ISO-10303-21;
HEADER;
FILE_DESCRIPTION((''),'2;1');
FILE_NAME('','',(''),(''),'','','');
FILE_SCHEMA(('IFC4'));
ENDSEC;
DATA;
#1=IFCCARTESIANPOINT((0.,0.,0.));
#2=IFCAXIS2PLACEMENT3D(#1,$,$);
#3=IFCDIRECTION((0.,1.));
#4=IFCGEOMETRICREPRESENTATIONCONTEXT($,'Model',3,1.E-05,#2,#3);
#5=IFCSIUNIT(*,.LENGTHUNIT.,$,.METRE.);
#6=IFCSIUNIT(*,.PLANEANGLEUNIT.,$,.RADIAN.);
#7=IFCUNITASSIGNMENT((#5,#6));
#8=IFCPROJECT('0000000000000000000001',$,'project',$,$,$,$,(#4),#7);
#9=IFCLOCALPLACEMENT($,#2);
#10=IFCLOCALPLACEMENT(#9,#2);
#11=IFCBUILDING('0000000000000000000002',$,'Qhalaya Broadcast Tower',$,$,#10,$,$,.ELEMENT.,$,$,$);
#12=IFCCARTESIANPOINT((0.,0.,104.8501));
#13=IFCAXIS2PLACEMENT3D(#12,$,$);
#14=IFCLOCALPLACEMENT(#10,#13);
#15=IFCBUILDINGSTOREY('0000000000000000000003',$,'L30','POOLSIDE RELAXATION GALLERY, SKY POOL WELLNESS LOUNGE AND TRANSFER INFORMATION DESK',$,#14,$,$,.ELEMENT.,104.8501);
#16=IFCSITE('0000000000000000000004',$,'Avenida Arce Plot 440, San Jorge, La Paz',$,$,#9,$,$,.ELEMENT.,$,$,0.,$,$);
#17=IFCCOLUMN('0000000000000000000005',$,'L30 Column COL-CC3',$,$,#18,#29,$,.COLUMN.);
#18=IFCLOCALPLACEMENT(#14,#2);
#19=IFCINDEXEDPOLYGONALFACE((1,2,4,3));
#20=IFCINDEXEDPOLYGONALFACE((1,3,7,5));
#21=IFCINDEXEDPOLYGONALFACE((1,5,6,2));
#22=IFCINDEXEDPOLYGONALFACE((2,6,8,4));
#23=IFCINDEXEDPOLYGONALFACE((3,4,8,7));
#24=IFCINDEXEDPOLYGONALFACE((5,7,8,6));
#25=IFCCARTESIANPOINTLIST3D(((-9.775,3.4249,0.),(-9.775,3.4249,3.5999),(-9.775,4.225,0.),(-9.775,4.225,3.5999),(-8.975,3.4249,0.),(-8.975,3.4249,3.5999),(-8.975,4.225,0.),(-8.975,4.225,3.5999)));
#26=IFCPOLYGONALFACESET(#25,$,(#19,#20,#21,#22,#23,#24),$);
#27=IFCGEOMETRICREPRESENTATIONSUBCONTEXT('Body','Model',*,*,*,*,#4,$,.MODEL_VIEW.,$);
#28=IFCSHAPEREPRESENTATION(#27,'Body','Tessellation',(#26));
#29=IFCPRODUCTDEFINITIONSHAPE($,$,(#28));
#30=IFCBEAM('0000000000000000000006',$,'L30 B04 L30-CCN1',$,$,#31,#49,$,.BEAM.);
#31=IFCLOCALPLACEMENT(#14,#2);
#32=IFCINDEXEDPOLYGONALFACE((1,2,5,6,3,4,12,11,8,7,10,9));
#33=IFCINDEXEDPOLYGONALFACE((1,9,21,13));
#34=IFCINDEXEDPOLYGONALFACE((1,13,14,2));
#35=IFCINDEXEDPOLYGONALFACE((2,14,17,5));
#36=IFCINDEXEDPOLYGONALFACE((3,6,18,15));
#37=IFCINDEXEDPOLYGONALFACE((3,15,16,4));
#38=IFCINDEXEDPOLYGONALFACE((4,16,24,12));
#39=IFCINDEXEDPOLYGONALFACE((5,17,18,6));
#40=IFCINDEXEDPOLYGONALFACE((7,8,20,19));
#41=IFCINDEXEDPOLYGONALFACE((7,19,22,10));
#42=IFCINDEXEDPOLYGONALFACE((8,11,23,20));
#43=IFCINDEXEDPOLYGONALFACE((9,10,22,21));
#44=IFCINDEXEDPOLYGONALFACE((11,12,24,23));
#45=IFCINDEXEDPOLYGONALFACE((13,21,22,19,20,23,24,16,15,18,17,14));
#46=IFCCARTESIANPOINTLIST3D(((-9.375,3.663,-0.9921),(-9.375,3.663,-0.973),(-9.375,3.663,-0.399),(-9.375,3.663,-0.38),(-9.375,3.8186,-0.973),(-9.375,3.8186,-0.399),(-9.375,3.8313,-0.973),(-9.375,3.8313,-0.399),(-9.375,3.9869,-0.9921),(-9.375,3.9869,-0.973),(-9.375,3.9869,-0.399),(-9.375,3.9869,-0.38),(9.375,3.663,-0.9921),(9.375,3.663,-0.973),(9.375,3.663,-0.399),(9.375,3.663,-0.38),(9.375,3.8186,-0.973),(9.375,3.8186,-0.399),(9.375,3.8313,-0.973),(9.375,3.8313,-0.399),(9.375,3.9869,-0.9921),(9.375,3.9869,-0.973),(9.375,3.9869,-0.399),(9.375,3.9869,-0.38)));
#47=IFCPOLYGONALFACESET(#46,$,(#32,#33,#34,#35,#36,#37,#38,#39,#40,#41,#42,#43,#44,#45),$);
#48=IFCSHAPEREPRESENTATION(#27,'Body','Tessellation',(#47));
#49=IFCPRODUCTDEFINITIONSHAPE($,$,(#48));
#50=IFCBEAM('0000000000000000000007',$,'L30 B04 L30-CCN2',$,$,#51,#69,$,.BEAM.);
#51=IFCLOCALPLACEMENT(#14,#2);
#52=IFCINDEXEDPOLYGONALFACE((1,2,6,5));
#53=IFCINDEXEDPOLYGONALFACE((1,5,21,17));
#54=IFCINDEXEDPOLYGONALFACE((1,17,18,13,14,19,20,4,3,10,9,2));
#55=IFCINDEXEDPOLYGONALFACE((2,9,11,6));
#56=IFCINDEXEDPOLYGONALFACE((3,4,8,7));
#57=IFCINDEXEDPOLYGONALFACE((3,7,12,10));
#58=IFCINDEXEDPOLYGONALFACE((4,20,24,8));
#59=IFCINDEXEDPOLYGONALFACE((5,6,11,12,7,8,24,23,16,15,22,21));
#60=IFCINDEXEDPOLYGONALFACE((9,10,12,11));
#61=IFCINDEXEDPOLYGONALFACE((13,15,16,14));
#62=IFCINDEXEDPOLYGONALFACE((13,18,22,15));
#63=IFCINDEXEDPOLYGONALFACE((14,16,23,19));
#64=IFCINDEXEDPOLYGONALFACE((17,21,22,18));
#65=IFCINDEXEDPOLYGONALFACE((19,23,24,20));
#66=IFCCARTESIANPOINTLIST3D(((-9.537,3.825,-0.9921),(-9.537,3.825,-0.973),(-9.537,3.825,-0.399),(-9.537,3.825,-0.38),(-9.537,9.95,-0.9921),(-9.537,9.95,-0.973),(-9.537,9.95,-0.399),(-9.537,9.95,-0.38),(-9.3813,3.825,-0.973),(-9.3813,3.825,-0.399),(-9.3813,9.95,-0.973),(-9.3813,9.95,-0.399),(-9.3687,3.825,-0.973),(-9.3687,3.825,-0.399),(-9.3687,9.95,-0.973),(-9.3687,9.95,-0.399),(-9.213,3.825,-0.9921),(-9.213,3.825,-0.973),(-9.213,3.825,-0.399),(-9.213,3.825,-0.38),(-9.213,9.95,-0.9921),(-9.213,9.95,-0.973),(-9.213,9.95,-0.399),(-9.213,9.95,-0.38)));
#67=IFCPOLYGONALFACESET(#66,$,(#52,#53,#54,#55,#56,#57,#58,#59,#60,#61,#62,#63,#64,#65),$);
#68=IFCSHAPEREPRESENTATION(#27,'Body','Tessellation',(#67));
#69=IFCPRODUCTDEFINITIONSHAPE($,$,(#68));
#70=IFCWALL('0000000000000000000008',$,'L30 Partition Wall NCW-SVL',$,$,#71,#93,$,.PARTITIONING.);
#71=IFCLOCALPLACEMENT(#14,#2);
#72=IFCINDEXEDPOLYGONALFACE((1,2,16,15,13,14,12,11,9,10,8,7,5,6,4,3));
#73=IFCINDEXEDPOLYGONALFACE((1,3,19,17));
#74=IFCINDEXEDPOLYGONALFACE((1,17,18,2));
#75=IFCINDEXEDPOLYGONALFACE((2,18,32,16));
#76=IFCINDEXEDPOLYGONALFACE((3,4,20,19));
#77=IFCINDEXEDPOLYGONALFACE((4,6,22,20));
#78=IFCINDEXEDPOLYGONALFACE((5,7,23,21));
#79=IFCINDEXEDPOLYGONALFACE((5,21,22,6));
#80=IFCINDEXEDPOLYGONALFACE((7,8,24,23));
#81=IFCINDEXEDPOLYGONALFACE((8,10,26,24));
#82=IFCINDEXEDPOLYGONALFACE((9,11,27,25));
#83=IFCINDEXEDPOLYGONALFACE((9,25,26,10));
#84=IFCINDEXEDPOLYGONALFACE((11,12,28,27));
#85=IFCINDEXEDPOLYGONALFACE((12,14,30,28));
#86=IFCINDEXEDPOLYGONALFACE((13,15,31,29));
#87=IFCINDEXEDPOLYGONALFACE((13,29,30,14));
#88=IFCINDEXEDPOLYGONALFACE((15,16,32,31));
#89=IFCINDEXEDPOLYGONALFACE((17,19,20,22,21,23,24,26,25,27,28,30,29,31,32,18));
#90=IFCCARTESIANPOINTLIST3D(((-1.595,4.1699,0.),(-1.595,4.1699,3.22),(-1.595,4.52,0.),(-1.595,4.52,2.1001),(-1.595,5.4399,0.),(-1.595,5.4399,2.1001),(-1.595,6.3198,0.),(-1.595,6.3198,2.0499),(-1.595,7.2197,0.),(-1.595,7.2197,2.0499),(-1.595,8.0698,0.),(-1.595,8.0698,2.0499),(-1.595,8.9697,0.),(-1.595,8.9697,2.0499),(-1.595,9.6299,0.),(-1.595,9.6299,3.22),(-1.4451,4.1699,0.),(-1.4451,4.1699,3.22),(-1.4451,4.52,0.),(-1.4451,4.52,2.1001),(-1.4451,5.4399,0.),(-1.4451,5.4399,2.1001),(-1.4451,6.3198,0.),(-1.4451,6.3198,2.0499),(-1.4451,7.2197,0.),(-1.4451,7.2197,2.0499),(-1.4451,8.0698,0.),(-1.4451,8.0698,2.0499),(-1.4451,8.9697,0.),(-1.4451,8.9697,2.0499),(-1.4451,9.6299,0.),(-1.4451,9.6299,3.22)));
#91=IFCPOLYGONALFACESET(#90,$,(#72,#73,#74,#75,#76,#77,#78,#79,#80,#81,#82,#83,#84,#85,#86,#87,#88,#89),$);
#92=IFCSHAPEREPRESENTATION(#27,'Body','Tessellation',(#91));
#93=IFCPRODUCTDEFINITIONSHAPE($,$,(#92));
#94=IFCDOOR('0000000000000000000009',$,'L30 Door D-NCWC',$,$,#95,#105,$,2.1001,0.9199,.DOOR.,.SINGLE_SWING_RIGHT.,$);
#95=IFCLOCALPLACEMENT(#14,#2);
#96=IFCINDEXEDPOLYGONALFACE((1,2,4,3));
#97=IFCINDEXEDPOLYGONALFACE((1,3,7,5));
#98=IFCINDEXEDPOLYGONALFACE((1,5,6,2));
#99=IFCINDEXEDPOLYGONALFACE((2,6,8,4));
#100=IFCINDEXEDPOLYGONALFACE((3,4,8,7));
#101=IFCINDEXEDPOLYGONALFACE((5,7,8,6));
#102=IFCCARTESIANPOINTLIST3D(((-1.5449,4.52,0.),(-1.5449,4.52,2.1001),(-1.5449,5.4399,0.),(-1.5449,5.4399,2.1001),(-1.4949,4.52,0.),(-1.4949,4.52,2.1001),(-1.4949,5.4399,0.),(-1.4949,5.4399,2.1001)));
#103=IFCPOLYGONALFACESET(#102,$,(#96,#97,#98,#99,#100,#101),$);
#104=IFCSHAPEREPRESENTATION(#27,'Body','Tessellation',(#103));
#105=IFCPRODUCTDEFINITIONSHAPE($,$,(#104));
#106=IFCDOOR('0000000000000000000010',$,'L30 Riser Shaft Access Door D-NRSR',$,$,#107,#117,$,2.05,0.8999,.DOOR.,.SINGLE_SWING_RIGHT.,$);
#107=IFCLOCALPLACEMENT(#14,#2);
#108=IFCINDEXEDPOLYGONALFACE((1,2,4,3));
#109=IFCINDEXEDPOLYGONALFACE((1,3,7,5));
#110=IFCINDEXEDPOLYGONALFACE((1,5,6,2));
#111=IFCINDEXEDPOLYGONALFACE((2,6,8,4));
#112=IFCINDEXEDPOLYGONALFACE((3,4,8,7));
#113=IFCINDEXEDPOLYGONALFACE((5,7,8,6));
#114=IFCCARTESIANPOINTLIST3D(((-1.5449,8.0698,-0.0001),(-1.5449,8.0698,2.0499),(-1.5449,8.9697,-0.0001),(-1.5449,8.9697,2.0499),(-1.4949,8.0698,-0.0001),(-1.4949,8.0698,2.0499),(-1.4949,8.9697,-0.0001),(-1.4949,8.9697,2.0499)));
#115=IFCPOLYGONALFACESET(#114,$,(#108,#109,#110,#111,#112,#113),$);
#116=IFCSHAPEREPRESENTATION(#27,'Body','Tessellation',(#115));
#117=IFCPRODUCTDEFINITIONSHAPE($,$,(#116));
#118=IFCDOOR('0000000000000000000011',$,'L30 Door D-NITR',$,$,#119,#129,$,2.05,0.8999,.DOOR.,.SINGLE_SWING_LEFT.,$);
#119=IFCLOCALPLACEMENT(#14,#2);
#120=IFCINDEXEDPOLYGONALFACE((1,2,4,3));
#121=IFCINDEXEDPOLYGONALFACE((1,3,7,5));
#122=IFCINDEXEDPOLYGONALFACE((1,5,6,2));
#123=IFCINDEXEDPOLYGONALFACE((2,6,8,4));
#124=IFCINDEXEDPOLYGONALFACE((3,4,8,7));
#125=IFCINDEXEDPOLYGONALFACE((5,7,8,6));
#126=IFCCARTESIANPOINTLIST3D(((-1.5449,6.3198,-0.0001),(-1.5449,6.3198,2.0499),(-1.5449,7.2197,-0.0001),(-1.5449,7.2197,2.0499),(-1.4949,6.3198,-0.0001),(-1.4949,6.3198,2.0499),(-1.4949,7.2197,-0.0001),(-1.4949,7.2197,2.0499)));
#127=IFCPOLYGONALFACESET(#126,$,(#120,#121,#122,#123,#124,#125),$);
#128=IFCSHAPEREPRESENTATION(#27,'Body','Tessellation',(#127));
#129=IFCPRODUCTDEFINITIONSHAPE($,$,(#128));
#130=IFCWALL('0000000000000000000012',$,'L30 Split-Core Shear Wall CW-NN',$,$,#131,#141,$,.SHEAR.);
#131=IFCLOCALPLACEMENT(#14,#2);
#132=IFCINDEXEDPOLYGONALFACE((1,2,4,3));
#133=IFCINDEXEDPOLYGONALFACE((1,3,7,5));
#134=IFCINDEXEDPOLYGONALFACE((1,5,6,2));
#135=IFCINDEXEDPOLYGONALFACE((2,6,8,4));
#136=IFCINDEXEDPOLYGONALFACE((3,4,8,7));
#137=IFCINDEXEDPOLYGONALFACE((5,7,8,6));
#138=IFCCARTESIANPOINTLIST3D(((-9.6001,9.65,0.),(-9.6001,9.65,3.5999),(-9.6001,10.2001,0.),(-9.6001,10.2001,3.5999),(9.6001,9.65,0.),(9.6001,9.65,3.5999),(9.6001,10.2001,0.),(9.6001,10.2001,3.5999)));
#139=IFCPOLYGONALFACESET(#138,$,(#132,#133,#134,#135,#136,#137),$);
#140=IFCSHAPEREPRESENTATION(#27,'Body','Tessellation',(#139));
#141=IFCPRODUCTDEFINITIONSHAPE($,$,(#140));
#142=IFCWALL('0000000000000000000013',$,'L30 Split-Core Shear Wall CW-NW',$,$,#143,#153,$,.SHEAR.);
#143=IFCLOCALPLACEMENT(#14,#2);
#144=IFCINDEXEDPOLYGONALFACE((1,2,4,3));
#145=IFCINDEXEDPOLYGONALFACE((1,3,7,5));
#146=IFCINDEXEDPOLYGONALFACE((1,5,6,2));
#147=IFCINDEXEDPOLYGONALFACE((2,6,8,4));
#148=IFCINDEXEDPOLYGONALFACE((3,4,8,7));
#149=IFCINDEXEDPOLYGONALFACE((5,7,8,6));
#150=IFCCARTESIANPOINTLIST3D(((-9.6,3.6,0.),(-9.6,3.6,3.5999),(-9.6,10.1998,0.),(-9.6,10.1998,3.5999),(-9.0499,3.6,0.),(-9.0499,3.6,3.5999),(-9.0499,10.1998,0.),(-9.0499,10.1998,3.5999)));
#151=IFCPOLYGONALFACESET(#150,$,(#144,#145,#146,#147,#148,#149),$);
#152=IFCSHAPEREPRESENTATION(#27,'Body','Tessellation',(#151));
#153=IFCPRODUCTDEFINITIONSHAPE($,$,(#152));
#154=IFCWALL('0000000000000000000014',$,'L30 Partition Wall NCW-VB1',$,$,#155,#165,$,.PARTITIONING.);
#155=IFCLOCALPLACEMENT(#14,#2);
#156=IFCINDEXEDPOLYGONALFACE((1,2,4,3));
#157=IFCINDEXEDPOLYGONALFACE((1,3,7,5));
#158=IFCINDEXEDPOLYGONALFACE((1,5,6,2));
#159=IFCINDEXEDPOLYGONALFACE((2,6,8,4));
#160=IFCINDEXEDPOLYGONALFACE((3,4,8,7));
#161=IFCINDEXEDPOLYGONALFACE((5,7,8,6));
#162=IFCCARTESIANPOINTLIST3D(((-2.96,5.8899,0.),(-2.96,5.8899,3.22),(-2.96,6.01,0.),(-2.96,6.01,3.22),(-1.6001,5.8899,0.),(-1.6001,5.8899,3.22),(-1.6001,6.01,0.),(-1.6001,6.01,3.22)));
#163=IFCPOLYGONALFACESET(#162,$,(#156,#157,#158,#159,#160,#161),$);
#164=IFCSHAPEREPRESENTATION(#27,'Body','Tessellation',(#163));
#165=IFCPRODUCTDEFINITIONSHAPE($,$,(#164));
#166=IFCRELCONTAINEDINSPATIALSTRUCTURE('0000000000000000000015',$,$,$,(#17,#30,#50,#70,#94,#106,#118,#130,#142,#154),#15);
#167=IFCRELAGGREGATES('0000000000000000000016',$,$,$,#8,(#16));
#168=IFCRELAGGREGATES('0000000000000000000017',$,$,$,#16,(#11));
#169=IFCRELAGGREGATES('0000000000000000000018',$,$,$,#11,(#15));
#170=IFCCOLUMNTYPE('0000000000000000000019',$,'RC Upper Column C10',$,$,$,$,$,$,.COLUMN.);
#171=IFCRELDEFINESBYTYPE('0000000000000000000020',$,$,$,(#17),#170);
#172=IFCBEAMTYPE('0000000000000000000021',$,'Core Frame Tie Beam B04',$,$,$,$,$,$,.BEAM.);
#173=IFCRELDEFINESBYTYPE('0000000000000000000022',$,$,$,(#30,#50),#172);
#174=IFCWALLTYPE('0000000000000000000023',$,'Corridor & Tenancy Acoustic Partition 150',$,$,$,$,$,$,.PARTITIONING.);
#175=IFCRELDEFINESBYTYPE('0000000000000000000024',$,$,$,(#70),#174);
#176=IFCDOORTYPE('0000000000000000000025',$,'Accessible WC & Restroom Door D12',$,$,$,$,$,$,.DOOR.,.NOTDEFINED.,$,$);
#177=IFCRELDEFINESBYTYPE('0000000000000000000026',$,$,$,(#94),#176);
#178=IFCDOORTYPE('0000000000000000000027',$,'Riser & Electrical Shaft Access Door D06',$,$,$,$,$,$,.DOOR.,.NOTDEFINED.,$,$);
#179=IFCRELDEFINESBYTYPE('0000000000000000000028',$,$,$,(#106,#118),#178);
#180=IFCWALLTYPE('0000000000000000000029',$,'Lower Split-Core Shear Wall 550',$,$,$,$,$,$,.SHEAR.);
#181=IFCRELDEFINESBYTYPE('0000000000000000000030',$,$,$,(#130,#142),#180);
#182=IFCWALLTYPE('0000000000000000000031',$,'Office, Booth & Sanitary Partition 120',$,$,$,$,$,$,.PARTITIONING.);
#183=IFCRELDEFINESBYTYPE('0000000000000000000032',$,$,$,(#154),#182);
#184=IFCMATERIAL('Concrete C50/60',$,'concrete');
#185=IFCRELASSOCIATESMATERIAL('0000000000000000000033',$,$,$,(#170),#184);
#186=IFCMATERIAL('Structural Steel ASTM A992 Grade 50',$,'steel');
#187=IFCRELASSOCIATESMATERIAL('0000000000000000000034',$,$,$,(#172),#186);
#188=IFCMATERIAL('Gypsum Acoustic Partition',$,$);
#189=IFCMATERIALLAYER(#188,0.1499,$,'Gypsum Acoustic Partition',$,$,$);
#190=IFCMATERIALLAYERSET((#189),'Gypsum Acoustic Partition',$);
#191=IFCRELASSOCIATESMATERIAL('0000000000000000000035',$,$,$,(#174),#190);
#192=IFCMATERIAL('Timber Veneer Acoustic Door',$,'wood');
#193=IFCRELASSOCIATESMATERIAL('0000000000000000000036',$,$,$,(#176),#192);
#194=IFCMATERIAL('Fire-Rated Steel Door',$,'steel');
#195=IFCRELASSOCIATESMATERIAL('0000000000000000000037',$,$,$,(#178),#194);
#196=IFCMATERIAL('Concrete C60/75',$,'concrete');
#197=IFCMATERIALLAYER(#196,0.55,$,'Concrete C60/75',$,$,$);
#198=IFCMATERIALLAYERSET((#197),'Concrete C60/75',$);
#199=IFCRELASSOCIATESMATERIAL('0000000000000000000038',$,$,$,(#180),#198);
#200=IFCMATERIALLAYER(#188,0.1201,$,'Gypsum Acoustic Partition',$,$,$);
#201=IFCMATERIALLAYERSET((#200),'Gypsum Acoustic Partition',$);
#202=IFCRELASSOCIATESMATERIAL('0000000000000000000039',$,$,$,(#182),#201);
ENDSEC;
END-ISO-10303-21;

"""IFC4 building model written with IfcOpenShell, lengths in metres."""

from ifc_helpers import new_model, si_unit, direction, frame, frame_2d, origin, origin_2d, place, context, subcontext, project, spatial, rectangle, i_section, extrude, material, layer, layer_set, material_profile, profile_set, type_object, element, fill, save


model = new_model("IFC4")

# Units and contexts
model_context = context("Model", 3, precision=1e-05, world=origin(), true_north=direction((0.0, 1.0)))
body_context = subcontext(model_context, "Body", "Model", "MODEL_VIEW")
ifc_project = project(units=[si_unit("LENGTHUNIT", "METRE"), si_unit("PLANEANGLEUNIT", "RADIAN")], contexts=[model_context])

# Site, building, storey
site_placement = place(None, origin())
site = spatial("IfcSite", under=ifc_project, at=site_placement, Name="Avenida Arce Plot 440, San Jorge, La Paz", CompositionType="ELEMENT", RefElevation=0.0)
building_placement = place(site_placement, origin())
building = spatial("IfcBuilding", under=site, at=building_placement, Name="Qhalaya Broadcast Tower", CompositionType="ELEMENT")
storey_placement = place(building_placement, frame((0.0, 0.0, 104.8501)))
storey = spatial("IfcBuildingStorey", under=building, at=storey_placement, Name="L30", Description="POOLSIDE RELAXATION GALLERY, SKY POOL WELLNESS LOUNGE AND TRANSFER INFORMATION DESK", CompositionType="ELEMENT", Elevation=104.8501)

# Column
ifc_material_1 = material(Name="Concrete C50/60", Category="concrete")
ifc_material_profile_1 = material_profile(ifc_material_1, rectangle(XDim=0.8, YDim=0.8, at=origin_2d()), Name="RC-COL 800x800")
ifc_profile_set_1 = profile_set([ifc_material_profile_1], Name="Concrete C50/60")
column_type = type_object("IfcColumnType", Name="RC Upper Column C10", PredefinedType="COLUMN", material=ifc_profile_set_1)
column_placement = place(storey_placement, frame((-9.375, 3.825, 0.0), z_axis=(0.0, 0.0, 1.0), x_axis=(1.0, 0.0, 0.0)))
element("IfcColumn", 1, at=column_placement, inside=storey, type_object=column_type, Name="L30 Column COL-CC3", PredefinedType="COLUMN", context=body_context, shape_type="SweptSolid", body=[
    extrude(rectangle(XDim=0.8, YDim=0.8, at=origin_2d()), origin(), (0.0, 0.0, 1.0), 3.5999),
])

# Beams
ifc_material_2 = material(Name="Structural Steel ASTM A992 Grade 50", Category="steel")
ifc_material_profile_2 = material_profile(ifc_material_2, i_section(OverallWidth=0.324, OverallDepth=0.6121, WebThickness=0.0127, FlangeThickness=0.019, at=origin_2d()), Name="W24X104")
ifc_profile_set_2 = profile_set([ifc_material_profile_2], Name="Structural Steel ASTM A992 Grade 50")
beam_type = type_object("IfcBeamType", Name="Core Frame Tie Beam B04", PredefinedType="BEAM", material=ifc_profile_set_2)
beam_1_placement = place(storey_placement, frame((-9.375, 3.825, -0.686), z_axis=(1.0, 0.0, 0.0), x_axis=(0.0, 1.0, 0.0)))
element("IfcBeam", 2, at=beam_1_placement, inside=storey, type_object=beam_type, Name="L30 B04 L30-CCN1", PredefinedType="BEAM", context=body_context, shape_type="SweptSolid", body=[
    extrude(i_section(OverallWidth=0.324, OverallDepth=0.6121, WebThickness=0.0127, FlangeThickness=0.019, at=origin_2d()), origin(), (0.0, 0.0, 1.0), 18.75),
])
beam_2_placement = place(storey_placement, frame((-9.375, 3.825, -0.686), z_axis=(0.0, 1.0, 0.0), x_axis=(-1.0, 0.0, 0.0)))
element("IfcBeam", 3, at=beam_2_placement, inside=storey, type_object=beam_type, Name="L30 B04 L30-CCN2", PredefinedType="BEAM", context=body_context, shape_type="SweptSolid", body=[
    extrude(i_section(OverallWidth=0.324, OverallDepth=0.6121, WebThickness=0.0127, FlangeThickness=0.019, at=origin_2d()), origin(), (0.0, 0.0, 1.0), 6.125),
])

# Wall, openings, doors
ifc_material_3 = material(Name="Gypsum Acoustic Partition")
ifc_layer_1 = layer(ifc_material_3, 0.1499, Name="Gypsum Acoustic Partition")
ifc_layer_set_1 = layer_set([ifc_layer_1], Name="Gypsum Acoustic Partition")
wall_type_1 = type_object("IfcWallType", Name="Corridor & Tenancy Acoustic Partition 150", PredefinedType="PARTITIONING", material=ifc_layer_set_1)
wall_1_placement = place(storey_placement, frame((-1.52, 4.1699, 0.0), z_axis=(0.0, 0.0, 1.0), x_axis=(0.0, 1.0, 0.0)))
wall_1 = element("IfcWall", 4, at=wall_1_placement, inside=storey, type_object=wall_type_1, Name="L30 Partition Wall NCW-SVL", PredefinedType="PARTITIONING", context=body_context, shape_type="SweptSolid", body=[
    extrude(rectangle(XDim=5.46, YDim=0.1499, at=frame_2d((2.73, 0.0))), origin(), (0.0, 0.0, 1.0), 3.22),
])
opening_1_placement = place(wall_1_placement, frame((3.8999, 0.0, 0.0)))
opening_1 = element("IfcOpeningElement", 5, at=opening_1_placement, cuts=wall_1, PredefinedType="OPENING", context=body_context, shape_type="SweptSolid", body=[
    extrude(rectangle(XDim=0.8999, YDim=2.05, at=frame_2d((0.45, 1.0249))), frame((0.0, 0.0869, 0.0), z_axis=(0.0, -1.0, 0.0), x_axis=(1.0, 0.0, 0.0)), (0.0, 0.0, 1.0), 0.1738),
])
opening_2_placement = place(wall_1_placement, frame((2.1499, 0.0, 0.0)))
opening_2 = element("IfcOpeningElement", 6, at=opening_2_placement, cuts=wall_1, PredefinedType="OPENING", context=body_context, shape_type="SweptSolid", body=[
    extrude(rectangle(XDim=0.8999, YDim=2.05, at=frame_2d((0.45, 1.0249))), frame((0.0, 0.0869, 0.0), z_axis=(0.0, -1.0, 0.0), x_axis=(1.0, 0.0, 0.0)), (0.0, 0.0, 1.0), 0.1738),
])
opening_3_placement = place(wall_1_placement, frame((0.3501, 0.0, 0.0)))
opening_3 = element("IfcOpeningElement", 7, at=opening_3_placement, cuts=wall_1, PredefinedType="OPENING", context=body_context, shape_type="SweptSolid", body=[
    extrude(rectangle(XDim=0.9199, YDim=2.1001, at=frame_2d((0.46, 1.05))), frame((0.0, 0.0869, 0.0), z_axis=(0.0, -1.0, 0.0), x_axis=(1.0, 0.0, 0.0)), (0.0, 0.0, 1.0), 0.1738),
])
ifc_material_4 = material(Name="Timber Veneer Acoustic Door", Category="wood")
door_type_1 = type_object("IfcDoorType", Name="Accessible WC & Restroom Door D12", OperationType="NOTDEFINED", PredefinedType="DOOR", material=ifc_material_4)
door_1_placement = place(opening_3_placement, origin())
door_1 = element("IfcDoor", 8, at=door_1_placement, inside=storey, type_object=door_type_1, Name="L30 Door D-NCWC", OperationType="SINGLE_SWING_RIGHT", OverallHeight=2.1001, OverallWidth=0.9199, PredefinedType="DOOR", context=body_context, shape_type="SweptSolid", body=[
    extrude(rectangle(XDim=0.9199, YDim=2.1001, at=frame_2d((0.46, 1.05))), frame((0.0, 0.0249, 0.0), z_axis=(0.0, -1.0, 0.0), x_axis=(1.0, 0.0, 0.0)), (0.0, 0.0, 1.0), 0.05),
])
fill(opening_3, door_1)
ifc_material_5 = material(Name="Fire-Rated Steel Door", Category="steel")
door_type_2 = type_object("IfcDoorType", Name="Riser & Electrical Shaft Access Door D06", OperationType="NOTDEFINED", PredefinedType="DOOR", material=ifc_material_5)
door_2_placement = place(opening_1_placement, origin())
door_2 = element("IfcDoor", 9, at=door_2_placement, inside=storey, type_object=door_type_2, Name="L30 Riser Shaft Access Door D-NRSR", OperationType="SINGLE_SWING_RIGHT", OverallHeight=2.05, OverallWidth=0.8999, PredefinedType="DOOR", context=body_context, shape_type="SweptSolid", body=[
    extrude(rectangle(XDim=0.8999, YDim=2.05, at=frame_2d((0.45, 1.0249))), frame((0.0, 0.0249, 0.0), z_axis=(0.0, -1.0, 0.0), x_axis=(1.0, 0.0, 0.0)), (0.0, 0.0, 1.0), 0.05),
])
fill(opening_1, door_2)
door_3_placement = place(opening_2_placement, origin())
door_3 = element("IfcDoor", 10, at=door_3_placement, inside=storey, type_object=door_type_2, Name="L30 Door D-NITR", OperationType="SINGLE_SWING_LEFT", OverallHeight=2.05, OverallWidth=0.8999, PredefinedType="DOOR", context=body_context, shape_type="SweptSolid", body=[
    extrude(rectangle(XDim=0.8999, YDim=2.05, at=frame_2d((0.45, 1.0249))), frame((0.0, 0.0249, 0.0), z_axis=(0.0, -1.0, 0.0), x_axis=(1.0, 0.0, 0.0)), (0.0, 0.0, 1.0), 0.05),
])
fill(opening_2, door_3)

# Wall
ifc_material_6 = material(Name="Concrete C60/75", Category="concrete")
ifc_layer_2 = layer(ifc_material_6, 0.55, Name="Concrete C60/75")
ifc_layer_set_2 = layer_set([ifc_layer_2], Name="Concrete C60/75")
wall_type_2 = type_object("IfcWallType", Name="Lower Split-Core Shear Wall 550", PredefinedType="SHEAR", material=ifc_layer_set_2)
wall_2_placement = place(storey_placement, frame((-9.6001, 9.925, 0.0), z_axis=(0.0, 0.0, 1.0), x_axis=(1.0, 0.0, 0.0)))
element("IfcWall", 11, at=wall_2_placement, inside=storey, type_object=wall_type_2, Name="L30 Split-Core Shear Wall CW-NN", PredefinedType="SHEAR", context=body_context, shape_type="SweptSolid", body=[
    extrude(rectangle(XDim=19.2002, YDim=0.55, at=frame_2d((9.6001, 0.0))), origin(), (0.0, 0.0, 1.0), 3.5999),
])

# Walls
wall_3_placement = place(storey_placement, frame((-9.325, 3.6001, 0.0), z_axis=(0.0, 0.0, 1.0), x_axis=(0.0, 1.0, 0.0)))
element("IfcWall", 12, at=wall_3_placement, inside=storey, type_object=wall_type_2, Name="L30 Split-Core Shear Wall CW-NW", PredefinedType="SHEAR", context=body_context, shape_type="SweptSolid", body=[
    extrude(rectangle(XDim=6.5999, YDim=0.55, at=frame_2d((3.2998, 0.0))), origin(), (0.0, 0.0, 1.0), 3.5999),
])
ifc_layer_3 = layer(ifc_material_3, 0.1201, Name="Gypsum Acoustic Partition")
ifc_layer_set_3 = layer_set([ifc_layer_3], Name="Gypsum Acoustic Partition")
wall_type_3 = type_object("IfcWallType", Name="Office, Booth & Sanitary Partition 120", PredefinedType="PARTITIONING", material=ifc_layer_set_3)
for number, where, z_axis, x_axis, name in (
    (13, (-2.96, 5.95, 0.0), (0.0, 0.0, 1.0), (1.0, 0.0, 0.0), "L30 Partition Wall NCW-VB1"),
):
    element("IfcWall", number, at=place(storey_placement, frame(where, z_axis=z_axis, x_axis=x_axis)), inside=storey, type_object=wall_type_3, Name=name, PredefinedType="PARTITIONING", context=body_context, shape_type="SweptSolid", body=[
        extrude(rectangle(XDim=1.3599, YDim=0.1201, at=frame_2d((0.6799, 0.0))), origin(), (0.0, 0.0, 1.0), 3.22),
    ])

save(model, "model.ifc")
